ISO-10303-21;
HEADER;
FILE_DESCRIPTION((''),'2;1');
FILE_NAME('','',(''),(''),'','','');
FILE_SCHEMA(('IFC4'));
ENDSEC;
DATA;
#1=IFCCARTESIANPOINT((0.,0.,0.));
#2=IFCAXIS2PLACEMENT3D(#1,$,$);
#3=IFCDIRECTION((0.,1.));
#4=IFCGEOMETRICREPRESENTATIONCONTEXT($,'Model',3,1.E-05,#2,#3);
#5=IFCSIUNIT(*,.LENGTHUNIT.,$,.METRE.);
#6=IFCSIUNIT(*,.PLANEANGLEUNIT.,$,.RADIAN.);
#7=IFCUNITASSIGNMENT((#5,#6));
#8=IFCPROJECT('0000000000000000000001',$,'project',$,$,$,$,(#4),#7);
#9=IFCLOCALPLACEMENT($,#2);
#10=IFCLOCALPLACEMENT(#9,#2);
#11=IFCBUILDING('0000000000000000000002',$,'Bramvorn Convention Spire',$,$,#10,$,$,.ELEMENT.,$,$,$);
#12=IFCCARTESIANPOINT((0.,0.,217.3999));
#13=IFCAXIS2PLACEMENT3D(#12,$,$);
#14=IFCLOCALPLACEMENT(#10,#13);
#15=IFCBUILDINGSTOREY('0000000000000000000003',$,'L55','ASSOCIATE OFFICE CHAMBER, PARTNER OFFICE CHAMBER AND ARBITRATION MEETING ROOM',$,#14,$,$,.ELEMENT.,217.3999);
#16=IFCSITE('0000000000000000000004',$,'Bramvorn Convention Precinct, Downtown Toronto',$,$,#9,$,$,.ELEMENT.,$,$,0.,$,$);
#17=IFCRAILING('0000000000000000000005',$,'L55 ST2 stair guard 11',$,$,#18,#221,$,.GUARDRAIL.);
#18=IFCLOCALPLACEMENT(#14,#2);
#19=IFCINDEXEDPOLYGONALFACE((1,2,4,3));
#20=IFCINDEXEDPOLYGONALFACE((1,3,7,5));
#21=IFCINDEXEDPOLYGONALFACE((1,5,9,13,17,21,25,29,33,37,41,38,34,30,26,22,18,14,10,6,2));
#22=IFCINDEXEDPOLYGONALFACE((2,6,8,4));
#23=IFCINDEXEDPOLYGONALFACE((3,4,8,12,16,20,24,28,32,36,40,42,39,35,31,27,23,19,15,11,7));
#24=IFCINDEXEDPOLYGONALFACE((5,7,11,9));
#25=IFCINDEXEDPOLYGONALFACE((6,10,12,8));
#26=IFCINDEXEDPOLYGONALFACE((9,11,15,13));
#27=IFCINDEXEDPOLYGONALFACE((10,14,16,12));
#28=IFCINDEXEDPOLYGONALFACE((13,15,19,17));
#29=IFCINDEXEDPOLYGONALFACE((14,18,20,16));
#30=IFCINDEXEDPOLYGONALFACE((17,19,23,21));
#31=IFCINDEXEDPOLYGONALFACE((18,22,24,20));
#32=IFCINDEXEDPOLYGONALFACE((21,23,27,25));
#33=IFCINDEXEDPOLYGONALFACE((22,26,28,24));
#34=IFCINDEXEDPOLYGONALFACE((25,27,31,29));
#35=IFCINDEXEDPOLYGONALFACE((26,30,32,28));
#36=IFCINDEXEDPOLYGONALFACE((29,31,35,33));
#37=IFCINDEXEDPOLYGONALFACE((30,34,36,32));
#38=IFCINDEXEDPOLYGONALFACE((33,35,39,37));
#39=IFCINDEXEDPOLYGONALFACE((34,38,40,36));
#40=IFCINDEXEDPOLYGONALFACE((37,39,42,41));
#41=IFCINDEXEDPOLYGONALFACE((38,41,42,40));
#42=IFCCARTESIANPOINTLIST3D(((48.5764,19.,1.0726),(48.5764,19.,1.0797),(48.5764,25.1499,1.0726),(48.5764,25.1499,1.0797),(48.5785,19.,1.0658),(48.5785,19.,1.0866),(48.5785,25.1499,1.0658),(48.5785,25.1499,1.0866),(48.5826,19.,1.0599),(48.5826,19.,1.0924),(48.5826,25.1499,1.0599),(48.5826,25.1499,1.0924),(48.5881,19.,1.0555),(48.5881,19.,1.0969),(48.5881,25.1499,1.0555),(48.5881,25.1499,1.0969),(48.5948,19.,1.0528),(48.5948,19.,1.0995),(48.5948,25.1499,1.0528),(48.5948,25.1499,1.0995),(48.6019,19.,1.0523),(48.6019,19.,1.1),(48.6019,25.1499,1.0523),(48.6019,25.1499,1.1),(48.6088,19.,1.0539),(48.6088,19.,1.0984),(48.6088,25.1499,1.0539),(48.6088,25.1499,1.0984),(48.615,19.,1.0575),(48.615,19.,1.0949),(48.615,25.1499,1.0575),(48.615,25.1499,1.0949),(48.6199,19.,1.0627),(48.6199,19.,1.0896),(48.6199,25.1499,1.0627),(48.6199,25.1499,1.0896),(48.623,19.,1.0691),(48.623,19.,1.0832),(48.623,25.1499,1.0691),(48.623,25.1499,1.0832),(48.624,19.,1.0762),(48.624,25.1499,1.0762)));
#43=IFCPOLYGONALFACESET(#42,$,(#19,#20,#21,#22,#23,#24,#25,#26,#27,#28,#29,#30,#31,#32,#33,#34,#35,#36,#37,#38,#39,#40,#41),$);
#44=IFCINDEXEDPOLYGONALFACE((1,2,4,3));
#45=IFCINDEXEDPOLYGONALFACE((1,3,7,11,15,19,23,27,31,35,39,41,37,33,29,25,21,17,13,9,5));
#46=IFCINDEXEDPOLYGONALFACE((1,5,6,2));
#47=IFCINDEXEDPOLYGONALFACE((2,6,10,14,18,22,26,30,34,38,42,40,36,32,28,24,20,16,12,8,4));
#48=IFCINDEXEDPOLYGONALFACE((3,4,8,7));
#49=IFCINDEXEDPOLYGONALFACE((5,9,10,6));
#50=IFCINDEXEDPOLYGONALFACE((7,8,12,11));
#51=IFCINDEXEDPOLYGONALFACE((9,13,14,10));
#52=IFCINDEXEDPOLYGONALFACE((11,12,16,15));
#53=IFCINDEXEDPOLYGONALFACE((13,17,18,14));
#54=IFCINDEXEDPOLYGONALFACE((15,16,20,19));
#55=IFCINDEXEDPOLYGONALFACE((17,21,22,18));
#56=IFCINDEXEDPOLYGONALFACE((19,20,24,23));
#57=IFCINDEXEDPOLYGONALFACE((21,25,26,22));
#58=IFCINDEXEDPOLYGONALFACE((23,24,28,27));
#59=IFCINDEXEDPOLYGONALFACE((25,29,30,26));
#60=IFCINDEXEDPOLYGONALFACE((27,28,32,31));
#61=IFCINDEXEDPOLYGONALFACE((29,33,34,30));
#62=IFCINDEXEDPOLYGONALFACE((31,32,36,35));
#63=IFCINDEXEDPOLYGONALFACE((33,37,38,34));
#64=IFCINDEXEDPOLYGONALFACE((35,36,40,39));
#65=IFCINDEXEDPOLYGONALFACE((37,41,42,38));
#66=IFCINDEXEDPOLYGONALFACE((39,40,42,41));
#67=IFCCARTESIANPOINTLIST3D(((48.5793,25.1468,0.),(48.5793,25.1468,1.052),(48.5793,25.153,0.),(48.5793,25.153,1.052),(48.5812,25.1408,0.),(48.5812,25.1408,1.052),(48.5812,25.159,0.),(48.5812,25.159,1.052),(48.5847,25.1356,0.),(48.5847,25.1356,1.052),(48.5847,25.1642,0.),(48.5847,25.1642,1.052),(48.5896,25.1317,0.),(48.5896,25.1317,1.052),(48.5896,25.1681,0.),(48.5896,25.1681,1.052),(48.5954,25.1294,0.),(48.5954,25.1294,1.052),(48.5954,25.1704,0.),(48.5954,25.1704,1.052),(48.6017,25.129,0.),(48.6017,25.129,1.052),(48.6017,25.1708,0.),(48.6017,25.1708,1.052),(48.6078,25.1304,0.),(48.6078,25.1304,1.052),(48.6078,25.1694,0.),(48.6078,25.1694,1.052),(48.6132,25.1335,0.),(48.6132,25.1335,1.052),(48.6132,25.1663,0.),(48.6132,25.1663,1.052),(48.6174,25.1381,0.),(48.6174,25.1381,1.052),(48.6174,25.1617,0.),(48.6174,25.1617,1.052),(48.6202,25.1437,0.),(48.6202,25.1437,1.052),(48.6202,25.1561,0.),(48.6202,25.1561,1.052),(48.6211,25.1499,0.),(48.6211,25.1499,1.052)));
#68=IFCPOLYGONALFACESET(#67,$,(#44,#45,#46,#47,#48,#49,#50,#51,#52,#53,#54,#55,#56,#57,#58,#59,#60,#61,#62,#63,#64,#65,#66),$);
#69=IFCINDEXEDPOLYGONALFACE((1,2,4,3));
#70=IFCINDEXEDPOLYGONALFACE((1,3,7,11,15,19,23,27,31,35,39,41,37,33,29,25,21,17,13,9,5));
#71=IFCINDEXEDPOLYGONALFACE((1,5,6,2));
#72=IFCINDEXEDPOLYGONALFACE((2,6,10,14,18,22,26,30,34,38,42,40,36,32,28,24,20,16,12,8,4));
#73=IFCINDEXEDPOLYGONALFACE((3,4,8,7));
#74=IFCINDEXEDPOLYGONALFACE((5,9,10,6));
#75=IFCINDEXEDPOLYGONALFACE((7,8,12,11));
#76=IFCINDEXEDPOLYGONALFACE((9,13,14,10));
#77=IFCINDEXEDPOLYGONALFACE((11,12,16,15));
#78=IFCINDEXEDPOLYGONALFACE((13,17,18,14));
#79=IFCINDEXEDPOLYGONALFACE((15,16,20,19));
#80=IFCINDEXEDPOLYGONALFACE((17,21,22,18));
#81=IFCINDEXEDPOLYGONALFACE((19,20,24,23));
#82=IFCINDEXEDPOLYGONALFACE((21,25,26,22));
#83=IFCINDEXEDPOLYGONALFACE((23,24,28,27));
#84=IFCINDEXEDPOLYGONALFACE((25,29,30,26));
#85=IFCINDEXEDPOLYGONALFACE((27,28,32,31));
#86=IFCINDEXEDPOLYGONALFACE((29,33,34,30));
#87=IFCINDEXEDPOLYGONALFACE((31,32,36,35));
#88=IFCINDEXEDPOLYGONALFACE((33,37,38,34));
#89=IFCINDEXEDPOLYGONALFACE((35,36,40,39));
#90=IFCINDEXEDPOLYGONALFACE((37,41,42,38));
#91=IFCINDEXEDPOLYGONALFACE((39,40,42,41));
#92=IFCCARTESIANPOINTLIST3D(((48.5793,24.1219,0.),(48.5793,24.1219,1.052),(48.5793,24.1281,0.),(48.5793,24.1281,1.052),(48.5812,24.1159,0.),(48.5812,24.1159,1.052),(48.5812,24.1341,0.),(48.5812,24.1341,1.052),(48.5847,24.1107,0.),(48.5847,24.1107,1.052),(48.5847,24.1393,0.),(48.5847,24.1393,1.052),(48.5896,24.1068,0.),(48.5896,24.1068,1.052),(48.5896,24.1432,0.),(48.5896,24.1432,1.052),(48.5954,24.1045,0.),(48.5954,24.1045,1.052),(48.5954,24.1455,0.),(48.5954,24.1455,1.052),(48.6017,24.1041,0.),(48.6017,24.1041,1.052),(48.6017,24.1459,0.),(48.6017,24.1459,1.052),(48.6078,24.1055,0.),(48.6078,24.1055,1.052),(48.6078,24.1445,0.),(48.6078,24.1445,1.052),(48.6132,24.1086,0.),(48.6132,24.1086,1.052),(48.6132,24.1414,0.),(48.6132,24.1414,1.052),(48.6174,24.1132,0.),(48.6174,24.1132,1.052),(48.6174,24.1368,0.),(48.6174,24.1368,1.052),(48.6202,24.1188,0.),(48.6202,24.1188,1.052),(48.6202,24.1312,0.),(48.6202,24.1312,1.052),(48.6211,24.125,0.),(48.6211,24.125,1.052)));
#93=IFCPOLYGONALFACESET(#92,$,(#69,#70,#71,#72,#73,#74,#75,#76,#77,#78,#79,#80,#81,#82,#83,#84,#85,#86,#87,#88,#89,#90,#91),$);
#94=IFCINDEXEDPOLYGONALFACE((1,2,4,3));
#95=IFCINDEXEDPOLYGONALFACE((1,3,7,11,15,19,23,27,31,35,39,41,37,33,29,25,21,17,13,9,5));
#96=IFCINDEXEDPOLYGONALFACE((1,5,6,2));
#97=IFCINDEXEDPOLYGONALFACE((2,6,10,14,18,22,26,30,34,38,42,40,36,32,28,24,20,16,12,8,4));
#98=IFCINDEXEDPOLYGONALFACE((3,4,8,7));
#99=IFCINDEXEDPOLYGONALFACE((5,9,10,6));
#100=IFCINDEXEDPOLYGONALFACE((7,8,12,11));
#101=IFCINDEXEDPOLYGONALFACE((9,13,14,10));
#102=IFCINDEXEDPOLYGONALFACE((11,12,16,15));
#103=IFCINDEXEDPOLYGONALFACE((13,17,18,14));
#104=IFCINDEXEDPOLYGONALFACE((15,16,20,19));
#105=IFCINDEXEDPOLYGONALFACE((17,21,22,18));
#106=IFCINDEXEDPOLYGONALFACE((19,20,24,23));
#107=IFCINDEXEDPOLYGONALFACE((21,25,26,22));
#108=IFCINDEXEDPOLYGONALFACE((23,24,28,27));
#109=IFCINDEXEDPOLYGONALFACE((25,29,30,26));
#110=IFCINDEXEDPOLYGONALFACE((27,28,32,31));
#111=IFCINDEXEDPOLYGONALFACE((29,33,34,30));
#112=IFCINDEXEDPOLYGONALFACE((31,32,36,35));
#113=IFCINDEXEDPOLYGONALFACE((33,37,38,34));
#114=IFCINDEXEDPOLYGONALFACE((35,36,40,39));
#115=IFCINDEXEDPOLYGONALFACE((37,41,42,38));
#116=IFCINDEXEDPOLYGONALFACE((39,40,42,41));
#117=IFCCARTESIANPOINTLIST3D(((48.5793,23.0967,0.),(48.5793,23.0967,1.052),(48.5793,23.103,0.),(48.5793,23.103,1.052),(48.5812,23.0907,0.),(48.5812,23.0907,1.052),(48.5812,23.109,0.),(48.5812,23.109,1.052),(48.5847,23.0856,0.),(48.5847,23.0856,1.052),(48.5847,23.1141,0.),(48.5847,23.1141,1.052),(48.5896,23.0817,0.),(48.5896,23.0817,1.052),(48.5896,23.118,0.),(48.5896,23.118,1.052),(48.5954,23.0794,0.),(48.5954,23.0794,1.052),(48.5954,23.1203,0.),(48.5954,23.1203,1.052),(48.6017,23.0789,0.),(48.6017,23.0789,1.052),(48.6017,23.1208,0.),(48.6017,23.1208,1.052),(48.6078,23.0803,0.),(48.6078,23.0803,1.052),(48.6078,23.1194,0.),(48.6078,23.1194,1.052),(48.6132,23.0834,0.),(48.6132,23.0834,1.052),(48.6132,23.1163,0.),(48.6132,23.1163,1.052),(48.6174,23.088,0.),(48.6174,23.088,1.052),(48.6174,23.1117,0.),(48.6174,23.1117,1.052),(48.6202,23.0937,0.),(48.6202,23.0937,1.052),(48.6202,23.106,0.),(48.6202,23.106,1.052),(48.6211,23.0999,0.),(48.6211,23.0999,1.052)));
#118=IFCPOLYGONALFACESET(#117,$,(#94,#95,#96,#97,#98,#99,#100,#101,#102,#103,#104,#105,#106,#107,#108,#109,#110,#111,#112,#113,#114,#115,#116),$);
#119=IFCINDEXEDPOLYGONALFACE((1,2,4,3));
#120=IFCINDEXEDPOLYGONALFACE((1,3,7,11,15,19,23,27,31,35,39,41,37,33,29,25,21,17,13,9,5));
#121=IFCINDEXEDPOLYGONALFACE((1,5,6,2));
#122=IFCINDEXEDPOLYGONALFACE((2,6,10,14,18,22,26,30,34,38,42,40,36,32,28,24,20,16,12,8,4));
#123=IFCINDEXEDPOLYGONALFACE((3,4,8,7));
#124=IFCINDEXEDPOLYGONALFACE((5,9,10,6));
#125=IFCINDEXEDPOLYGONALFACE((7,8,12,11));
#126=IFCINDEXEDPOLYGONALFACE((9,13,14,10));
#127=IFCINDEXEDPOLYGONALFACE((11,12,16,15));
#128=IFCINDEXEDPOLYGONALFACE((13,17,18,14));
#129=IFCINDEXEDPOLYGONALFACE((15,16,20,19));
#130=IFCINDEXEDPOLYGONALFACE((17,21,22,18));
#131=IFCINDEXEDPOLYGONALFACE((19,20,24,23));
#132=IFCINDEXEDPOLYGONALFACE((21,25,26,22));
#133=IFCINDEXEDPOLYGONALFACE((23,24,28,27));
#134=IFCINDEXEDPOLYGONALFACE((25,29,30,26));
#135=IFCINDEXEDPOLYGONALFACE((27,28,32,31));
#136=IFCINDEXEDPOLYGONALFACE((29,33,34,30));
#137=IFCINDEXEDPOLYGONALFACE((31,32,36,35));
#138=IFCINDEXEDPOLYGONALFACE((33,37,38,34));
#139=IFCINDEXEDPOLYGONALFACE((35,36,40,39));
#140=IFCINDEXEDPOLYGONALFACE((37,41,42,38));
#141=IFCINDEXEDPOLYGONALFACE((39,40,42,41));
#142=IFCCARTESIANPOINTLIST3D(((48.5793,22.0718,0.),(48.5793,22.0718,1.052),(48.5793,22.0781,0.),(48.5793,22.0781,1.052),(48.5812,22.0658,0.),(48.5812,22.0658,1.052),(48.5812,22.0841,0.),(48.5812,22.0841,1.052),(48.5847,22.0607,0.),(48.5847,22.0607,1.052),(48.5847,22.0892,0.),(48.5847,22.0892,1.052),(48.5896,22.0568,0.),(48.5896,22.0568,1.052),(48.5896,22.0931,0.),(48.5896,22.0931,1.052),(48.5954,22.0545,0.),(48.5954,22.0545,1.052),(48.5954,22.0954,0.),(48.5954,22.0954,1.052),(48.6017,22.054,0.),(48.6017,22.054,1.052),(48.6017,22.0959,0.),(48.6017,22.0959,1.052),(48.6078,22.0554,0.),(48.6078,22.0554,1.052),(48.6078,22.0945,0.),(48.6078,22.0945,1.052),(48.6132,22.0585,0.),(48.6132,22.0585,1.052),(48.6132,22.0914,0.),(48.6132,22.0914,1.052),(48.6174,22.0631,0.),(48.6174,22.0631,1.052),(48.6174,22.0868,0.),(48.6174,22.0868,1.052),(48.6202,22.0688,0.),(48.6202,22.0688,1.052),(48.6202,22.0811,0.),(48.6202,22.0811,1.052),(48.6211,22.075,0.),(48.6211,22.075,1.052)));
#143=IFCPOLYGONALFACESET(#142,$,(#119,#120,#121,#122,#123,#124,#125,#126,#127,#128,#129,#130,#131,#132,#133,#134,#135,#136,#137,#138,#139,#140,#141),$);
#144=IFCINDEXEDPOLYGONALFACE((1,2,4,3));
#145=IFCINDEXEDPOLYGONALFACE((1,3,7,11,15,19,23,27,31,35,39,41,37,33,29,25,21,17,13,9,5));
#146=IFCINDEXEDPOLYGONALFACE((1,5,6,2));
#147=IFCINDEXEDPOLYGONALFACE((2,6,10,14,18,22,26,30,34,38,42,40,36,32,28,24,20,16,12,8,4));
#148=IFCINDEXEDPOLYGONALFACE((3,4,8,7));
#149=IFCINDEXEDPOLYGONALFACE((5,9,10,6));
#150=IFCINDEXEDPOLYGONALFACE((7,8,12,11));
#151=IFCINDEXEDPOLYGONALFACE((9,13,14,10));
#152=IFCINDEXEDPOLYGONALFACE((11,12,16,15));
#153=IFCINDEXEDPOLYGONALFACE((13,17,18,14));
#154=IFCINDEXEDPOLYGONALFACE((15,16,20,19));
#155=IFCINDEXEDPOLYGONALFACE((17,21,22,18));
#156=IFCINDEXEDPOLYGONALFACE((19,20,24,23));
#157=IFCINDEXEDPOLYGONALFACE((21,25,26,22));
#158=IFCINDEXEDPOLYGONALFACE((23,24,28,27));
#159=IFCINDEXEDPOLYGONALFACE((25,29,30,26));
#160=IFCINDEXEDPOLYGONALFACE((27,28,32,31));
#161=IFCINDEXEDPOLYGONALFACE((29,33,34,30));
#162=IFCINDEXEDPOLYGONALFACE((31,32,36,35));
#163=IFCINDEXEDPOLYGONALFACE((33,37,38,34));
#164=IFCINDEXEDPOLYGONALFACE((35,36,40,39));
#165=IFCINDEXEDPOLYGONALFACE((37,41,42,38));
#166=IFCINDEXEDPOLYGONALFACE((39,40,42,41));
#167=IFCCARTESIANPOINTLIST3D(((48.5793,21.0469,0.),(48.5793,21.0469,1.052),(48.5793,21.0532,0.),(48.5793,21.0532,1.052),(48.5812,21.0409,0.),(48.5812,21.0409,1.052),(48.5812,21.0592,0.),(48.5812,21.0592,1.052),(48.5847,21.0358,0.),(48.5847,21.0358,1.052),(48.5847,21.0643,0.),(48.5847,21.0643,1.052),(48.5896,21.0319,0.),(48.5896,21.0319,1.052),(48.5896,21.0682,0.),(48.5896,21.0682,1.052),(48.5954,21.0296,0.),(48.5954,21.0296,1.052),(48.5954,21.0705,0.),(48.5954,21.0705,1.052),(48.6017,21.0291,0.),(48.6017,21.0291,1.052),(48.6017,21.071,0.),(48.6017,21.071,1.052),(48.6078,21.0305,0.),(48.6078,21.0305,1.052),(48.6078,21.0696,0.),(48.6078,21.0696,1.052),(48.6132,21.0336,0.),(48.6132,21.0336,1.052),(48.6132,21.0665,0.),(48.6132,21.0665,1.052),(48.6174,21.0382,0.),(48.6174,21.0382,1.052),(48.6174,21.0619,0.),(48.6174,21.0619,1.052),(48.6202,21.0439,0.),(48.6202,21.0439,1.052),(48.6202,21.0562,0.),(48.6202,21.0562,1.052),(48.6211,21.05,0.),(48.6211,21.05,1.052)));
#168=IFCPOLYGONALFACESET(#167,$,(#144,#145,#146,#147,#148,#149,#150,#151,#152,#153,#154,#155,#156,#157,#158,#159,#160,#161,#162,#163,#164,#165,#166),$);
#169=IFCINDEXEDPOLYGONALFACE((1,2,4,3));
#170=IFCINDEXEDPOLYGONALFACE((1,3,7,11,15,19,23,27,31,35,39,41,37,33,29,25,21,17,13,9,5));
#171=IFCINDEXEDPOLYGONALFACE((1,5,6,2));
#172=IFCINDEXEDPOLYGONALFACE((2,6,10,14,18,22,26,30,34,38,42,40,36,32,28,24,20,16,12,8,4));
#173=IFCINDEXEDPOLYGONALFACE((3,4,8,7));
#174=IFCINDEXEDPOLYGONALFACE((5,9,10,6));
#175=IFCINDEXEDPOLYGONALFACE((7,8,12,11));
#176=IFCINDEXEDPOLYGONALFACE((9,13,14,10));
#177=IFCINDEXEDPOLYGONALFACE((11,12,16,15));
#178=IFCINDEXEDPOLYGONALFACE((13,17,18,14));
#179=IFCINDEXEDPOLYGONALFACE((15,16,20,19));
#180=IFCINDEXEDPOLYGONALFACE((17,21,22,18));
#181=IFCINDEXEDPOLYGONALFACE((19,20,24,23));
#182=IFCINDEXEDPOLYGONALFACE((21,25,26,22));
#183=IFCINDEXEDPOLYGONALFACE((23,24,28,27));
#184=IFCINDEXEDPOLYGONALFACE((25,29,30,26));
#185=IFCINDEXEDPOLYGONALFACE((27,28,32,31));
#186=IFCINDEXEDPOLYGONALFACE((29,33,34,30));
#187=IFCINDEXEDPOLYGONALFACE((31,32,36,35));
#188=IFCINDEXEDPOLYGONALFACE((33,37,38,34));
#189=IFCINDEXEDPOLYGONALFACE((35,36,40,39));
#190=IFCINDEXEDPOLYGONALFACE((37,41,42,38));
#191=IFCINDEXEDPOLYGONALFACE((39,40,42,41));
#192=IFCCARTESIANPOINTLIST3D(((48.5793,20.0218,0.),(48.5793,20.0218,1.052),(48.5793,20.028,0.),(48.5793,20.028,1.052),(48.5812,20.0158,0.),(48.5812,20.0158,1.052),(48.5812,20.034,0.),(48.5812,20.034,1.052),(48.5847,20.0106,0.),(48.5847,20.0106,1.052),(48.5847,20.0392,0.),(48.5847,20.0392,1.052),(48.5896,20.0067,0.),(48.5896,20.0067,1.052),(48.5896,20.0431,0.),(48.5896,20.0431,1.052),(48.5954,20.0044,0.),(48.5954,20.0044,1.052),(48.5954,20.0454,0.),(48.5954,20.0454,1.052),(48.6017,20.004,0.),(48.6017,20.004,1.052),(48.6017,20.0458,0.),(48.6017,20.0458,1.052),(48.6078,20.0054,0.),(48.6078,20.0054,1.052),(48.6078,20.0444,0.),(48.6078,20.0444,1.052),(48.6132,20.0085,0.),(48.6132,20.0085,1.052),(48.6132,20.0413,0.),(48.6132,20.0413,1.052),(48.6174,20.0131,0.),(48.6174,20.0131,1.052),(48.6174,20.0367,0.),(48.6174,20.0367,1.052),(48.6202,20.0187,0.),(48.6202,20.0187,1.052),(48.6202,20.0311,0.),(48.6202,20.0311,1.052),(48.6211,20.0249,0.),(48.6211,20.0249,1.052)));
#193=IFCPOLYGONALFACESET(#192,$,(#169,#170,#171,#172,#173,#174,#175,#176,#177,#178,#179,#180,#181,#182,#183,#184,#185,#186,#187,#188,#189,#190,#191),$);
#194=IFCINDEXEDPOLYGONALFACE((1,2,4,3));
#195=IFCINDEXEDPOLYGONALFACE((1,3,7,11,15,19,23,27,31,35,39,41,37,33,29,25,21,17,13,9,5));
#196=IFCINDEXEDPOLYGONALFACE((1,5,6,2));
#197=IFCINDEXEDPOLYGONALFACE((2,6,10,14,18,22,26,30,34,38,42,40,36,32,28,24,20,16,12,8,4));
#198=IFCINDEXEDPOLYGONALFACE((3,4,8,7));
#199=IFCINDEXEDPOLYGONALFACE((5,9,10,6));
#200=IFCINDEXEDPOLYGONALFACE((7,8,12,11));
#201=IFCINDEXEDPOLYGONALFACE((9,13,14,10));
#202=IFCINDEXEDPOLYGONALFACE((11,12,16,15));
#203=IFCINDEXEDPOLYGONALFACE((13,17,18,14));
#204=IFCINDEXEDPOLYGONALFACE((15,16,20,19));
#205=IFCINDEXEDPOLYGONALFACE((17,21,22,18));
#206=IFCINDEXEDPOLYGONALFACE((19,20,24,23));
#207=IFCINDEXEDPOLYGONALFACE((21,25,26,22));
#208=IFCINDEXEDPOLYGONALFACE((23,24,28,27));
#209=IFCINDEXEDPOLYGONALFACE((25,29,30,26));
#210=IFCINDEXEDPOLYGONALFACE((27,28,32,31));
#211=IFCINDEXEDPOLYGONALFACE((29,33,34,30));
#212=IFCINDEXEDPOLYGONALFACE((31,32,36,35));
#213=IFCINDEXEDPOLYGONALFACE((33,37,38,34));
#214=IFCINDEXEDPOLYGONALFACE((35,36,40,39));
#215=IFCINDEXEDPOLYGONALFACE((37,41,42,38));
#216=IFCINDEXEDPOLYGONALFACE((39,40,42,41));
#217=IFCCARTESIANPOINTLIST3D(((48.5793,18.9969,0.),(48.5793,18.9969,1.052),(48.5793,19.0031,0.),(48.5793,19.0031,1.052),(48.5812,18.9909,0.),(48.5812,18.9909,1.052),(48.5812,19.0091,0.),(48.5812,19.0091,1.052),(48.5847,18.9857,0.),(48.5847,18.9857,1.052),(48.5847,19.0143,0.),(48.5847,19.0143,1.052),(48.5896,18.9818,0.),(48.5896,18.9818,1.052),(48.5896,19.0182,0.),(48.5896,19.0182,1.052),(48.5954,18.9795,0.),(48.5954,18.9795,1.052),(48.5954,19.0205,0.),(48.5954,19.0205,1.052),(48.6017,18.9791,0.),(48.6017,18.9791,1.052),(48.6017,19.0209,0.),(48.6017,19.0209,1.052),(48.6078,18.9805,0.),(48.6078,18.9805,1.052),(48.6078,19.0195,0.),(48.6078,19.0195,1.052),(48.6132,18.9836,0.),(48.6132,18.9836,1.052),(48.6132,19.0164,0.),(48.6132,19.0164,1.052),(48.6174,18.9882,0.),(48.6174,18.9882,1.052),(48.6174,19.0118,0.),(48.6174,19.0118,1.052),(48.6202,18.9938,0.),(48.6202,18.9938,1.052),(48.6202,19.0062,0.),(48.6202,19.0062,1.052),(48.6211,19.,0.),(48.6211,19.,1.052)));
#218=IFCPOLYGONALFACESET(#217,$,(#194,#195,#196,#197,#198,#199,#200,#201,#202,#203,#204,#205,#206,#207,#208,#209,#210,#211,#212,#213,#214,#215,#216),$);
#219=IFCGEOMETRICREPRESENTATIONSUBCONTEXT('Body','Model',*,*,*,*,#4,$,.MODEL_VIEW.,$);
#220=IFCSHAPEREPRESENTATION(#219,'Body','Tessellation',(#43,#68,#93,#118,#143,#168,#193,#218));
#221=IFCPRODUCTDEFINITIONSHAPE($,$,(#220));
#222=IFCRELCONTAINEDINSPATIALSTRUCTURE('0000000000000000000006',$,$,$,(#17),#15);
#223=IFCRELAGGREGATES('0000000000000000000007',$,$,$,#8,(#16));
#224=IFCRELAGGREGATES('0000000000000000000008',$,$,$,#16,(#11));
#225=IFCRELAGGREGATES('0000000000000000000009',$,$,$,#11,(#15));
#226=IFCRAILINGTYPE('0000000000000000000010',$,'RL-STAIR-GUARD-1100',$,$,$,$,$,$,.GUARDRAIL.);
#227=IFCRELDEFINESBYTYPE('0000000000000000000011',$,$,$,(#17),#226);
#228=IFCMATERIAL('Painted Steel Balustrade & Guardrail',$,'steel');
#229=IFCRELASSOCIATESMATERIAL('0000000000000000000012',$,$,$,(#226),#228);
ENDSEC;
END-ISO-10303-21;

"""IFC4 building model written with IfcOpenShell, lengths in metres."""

from ifc_helpers import new_model, si_unit, direction, frame, origin, origin_2d, place, context, subcontext, project, spatial, circle, extrude, material, type_object, element, save


model = new_model("IFC4")

# Units and contexts
model_context = context("Model", 3, precision=1e-05, world=origin(), true_north=direction((0.0, 1.0)))
body_context = subcontext(model_context, "Body", "Model", "MODEL_VIEW")
ifc_project = project(units=[si_unit("LENGTHUNIT", "METRE"), si_unit("PLANEANGLEUNIT", "RADIAN")], contexts=[model_context])

# Site, building, storey
site_placement = place(None, origin())
site = spatial("IfcSite", under=ifc_project, at=site_placement, Name="Bramvorn Convention Precinct, Downtown Toronto", CompositionType="ELEMENT", RefElevation=0.0)
building_placement = place(site_placement, origin())
building = spatial("IfcBuilding", under=site, at=building_placement, Name="Bramvorn Convention Spire", CompositionType="ELEMENT")
storey_placement = place(building_placement, frame((0.0, 0.0, 217.3999)))
storey = spatial("IfcBuildingStorey", under=building, at=storey_placement, Name="L55", Description="ASSOCIATE OFFICE CHAMBER, PARTNER OFFICE CHAMBER AND ARBITRATION MEETING ROOM", CompositionType="ELEMENT", Elevation=217.3999)

# Railing
ifc_material_1 = material(Name="Painted Steel Balustrade & Guardrail", Category="steel")
railing_type_1 = type_object("IfcRailingType", Name="RL-STAIR-GUARD-1100", PredefinedType="GUARDRAIL", material=ifc_material_1)
railing_1_placement = place(storey_placement, frame((48.6001, 25.1499, 0.0)))
element("IfcRailing", 1, at=railing_1_placement, inside=storey, type_object=railing_type_1, Name="L55 ST2 stair guard 11", PredefinedType="GUARDRAIL", context=body_context, shape_type="SweptSolid", body=[
    extrude(circle(Radius=0.0239, at=origin_2d()), frame((0.0, 0.0, 1.0762), z_axis=(0.0, -1.0, 0.0), x_axis=(1.0, 0.0, 0.0)), (0.0, 0.0, 1.0), 6.1499),
    extrude(circle(Radius=0.021, at=origin_2d()), origin(), (0.0, 0.0, 1.0), 1.052),
    extrude(circle(Radius=0.021, at=origin_2d()), frame((0.0, -1.0249, 0.0)), (0.0, 0.0, 1.0), 1.052),
    extrude(circle(Radius=0.021, at=origin_2d()), frame((0.0, -2.05, 0.0)), (0.0, 0.0, 1.0), 1.052),
    extrude(circle(Radius=0.021, at=origin_2d()), frame((0.0, -3.075, 0.0)), (0.0, 0.0, 1.0), 1.052),
    extrude(circle(Radius=0.021, at=origin_2d()), frame((0.0, -4.0999, 0.0)), (0.0, 0.0, 1.0), 1.052),
    extrude(circle(Radius=0.021, at=origin_2d()), frame((0.0, -5.125, 0.0)), (0.0, 0.0, 1.0), 1.052),
    extrude(circle(Radius=0.021, at=origin_2d()), frame((0.0, -6.1499, 0.0)), (0.0, 0.0, 1.0), 1.052),
])

save(model, "model.ifc")
